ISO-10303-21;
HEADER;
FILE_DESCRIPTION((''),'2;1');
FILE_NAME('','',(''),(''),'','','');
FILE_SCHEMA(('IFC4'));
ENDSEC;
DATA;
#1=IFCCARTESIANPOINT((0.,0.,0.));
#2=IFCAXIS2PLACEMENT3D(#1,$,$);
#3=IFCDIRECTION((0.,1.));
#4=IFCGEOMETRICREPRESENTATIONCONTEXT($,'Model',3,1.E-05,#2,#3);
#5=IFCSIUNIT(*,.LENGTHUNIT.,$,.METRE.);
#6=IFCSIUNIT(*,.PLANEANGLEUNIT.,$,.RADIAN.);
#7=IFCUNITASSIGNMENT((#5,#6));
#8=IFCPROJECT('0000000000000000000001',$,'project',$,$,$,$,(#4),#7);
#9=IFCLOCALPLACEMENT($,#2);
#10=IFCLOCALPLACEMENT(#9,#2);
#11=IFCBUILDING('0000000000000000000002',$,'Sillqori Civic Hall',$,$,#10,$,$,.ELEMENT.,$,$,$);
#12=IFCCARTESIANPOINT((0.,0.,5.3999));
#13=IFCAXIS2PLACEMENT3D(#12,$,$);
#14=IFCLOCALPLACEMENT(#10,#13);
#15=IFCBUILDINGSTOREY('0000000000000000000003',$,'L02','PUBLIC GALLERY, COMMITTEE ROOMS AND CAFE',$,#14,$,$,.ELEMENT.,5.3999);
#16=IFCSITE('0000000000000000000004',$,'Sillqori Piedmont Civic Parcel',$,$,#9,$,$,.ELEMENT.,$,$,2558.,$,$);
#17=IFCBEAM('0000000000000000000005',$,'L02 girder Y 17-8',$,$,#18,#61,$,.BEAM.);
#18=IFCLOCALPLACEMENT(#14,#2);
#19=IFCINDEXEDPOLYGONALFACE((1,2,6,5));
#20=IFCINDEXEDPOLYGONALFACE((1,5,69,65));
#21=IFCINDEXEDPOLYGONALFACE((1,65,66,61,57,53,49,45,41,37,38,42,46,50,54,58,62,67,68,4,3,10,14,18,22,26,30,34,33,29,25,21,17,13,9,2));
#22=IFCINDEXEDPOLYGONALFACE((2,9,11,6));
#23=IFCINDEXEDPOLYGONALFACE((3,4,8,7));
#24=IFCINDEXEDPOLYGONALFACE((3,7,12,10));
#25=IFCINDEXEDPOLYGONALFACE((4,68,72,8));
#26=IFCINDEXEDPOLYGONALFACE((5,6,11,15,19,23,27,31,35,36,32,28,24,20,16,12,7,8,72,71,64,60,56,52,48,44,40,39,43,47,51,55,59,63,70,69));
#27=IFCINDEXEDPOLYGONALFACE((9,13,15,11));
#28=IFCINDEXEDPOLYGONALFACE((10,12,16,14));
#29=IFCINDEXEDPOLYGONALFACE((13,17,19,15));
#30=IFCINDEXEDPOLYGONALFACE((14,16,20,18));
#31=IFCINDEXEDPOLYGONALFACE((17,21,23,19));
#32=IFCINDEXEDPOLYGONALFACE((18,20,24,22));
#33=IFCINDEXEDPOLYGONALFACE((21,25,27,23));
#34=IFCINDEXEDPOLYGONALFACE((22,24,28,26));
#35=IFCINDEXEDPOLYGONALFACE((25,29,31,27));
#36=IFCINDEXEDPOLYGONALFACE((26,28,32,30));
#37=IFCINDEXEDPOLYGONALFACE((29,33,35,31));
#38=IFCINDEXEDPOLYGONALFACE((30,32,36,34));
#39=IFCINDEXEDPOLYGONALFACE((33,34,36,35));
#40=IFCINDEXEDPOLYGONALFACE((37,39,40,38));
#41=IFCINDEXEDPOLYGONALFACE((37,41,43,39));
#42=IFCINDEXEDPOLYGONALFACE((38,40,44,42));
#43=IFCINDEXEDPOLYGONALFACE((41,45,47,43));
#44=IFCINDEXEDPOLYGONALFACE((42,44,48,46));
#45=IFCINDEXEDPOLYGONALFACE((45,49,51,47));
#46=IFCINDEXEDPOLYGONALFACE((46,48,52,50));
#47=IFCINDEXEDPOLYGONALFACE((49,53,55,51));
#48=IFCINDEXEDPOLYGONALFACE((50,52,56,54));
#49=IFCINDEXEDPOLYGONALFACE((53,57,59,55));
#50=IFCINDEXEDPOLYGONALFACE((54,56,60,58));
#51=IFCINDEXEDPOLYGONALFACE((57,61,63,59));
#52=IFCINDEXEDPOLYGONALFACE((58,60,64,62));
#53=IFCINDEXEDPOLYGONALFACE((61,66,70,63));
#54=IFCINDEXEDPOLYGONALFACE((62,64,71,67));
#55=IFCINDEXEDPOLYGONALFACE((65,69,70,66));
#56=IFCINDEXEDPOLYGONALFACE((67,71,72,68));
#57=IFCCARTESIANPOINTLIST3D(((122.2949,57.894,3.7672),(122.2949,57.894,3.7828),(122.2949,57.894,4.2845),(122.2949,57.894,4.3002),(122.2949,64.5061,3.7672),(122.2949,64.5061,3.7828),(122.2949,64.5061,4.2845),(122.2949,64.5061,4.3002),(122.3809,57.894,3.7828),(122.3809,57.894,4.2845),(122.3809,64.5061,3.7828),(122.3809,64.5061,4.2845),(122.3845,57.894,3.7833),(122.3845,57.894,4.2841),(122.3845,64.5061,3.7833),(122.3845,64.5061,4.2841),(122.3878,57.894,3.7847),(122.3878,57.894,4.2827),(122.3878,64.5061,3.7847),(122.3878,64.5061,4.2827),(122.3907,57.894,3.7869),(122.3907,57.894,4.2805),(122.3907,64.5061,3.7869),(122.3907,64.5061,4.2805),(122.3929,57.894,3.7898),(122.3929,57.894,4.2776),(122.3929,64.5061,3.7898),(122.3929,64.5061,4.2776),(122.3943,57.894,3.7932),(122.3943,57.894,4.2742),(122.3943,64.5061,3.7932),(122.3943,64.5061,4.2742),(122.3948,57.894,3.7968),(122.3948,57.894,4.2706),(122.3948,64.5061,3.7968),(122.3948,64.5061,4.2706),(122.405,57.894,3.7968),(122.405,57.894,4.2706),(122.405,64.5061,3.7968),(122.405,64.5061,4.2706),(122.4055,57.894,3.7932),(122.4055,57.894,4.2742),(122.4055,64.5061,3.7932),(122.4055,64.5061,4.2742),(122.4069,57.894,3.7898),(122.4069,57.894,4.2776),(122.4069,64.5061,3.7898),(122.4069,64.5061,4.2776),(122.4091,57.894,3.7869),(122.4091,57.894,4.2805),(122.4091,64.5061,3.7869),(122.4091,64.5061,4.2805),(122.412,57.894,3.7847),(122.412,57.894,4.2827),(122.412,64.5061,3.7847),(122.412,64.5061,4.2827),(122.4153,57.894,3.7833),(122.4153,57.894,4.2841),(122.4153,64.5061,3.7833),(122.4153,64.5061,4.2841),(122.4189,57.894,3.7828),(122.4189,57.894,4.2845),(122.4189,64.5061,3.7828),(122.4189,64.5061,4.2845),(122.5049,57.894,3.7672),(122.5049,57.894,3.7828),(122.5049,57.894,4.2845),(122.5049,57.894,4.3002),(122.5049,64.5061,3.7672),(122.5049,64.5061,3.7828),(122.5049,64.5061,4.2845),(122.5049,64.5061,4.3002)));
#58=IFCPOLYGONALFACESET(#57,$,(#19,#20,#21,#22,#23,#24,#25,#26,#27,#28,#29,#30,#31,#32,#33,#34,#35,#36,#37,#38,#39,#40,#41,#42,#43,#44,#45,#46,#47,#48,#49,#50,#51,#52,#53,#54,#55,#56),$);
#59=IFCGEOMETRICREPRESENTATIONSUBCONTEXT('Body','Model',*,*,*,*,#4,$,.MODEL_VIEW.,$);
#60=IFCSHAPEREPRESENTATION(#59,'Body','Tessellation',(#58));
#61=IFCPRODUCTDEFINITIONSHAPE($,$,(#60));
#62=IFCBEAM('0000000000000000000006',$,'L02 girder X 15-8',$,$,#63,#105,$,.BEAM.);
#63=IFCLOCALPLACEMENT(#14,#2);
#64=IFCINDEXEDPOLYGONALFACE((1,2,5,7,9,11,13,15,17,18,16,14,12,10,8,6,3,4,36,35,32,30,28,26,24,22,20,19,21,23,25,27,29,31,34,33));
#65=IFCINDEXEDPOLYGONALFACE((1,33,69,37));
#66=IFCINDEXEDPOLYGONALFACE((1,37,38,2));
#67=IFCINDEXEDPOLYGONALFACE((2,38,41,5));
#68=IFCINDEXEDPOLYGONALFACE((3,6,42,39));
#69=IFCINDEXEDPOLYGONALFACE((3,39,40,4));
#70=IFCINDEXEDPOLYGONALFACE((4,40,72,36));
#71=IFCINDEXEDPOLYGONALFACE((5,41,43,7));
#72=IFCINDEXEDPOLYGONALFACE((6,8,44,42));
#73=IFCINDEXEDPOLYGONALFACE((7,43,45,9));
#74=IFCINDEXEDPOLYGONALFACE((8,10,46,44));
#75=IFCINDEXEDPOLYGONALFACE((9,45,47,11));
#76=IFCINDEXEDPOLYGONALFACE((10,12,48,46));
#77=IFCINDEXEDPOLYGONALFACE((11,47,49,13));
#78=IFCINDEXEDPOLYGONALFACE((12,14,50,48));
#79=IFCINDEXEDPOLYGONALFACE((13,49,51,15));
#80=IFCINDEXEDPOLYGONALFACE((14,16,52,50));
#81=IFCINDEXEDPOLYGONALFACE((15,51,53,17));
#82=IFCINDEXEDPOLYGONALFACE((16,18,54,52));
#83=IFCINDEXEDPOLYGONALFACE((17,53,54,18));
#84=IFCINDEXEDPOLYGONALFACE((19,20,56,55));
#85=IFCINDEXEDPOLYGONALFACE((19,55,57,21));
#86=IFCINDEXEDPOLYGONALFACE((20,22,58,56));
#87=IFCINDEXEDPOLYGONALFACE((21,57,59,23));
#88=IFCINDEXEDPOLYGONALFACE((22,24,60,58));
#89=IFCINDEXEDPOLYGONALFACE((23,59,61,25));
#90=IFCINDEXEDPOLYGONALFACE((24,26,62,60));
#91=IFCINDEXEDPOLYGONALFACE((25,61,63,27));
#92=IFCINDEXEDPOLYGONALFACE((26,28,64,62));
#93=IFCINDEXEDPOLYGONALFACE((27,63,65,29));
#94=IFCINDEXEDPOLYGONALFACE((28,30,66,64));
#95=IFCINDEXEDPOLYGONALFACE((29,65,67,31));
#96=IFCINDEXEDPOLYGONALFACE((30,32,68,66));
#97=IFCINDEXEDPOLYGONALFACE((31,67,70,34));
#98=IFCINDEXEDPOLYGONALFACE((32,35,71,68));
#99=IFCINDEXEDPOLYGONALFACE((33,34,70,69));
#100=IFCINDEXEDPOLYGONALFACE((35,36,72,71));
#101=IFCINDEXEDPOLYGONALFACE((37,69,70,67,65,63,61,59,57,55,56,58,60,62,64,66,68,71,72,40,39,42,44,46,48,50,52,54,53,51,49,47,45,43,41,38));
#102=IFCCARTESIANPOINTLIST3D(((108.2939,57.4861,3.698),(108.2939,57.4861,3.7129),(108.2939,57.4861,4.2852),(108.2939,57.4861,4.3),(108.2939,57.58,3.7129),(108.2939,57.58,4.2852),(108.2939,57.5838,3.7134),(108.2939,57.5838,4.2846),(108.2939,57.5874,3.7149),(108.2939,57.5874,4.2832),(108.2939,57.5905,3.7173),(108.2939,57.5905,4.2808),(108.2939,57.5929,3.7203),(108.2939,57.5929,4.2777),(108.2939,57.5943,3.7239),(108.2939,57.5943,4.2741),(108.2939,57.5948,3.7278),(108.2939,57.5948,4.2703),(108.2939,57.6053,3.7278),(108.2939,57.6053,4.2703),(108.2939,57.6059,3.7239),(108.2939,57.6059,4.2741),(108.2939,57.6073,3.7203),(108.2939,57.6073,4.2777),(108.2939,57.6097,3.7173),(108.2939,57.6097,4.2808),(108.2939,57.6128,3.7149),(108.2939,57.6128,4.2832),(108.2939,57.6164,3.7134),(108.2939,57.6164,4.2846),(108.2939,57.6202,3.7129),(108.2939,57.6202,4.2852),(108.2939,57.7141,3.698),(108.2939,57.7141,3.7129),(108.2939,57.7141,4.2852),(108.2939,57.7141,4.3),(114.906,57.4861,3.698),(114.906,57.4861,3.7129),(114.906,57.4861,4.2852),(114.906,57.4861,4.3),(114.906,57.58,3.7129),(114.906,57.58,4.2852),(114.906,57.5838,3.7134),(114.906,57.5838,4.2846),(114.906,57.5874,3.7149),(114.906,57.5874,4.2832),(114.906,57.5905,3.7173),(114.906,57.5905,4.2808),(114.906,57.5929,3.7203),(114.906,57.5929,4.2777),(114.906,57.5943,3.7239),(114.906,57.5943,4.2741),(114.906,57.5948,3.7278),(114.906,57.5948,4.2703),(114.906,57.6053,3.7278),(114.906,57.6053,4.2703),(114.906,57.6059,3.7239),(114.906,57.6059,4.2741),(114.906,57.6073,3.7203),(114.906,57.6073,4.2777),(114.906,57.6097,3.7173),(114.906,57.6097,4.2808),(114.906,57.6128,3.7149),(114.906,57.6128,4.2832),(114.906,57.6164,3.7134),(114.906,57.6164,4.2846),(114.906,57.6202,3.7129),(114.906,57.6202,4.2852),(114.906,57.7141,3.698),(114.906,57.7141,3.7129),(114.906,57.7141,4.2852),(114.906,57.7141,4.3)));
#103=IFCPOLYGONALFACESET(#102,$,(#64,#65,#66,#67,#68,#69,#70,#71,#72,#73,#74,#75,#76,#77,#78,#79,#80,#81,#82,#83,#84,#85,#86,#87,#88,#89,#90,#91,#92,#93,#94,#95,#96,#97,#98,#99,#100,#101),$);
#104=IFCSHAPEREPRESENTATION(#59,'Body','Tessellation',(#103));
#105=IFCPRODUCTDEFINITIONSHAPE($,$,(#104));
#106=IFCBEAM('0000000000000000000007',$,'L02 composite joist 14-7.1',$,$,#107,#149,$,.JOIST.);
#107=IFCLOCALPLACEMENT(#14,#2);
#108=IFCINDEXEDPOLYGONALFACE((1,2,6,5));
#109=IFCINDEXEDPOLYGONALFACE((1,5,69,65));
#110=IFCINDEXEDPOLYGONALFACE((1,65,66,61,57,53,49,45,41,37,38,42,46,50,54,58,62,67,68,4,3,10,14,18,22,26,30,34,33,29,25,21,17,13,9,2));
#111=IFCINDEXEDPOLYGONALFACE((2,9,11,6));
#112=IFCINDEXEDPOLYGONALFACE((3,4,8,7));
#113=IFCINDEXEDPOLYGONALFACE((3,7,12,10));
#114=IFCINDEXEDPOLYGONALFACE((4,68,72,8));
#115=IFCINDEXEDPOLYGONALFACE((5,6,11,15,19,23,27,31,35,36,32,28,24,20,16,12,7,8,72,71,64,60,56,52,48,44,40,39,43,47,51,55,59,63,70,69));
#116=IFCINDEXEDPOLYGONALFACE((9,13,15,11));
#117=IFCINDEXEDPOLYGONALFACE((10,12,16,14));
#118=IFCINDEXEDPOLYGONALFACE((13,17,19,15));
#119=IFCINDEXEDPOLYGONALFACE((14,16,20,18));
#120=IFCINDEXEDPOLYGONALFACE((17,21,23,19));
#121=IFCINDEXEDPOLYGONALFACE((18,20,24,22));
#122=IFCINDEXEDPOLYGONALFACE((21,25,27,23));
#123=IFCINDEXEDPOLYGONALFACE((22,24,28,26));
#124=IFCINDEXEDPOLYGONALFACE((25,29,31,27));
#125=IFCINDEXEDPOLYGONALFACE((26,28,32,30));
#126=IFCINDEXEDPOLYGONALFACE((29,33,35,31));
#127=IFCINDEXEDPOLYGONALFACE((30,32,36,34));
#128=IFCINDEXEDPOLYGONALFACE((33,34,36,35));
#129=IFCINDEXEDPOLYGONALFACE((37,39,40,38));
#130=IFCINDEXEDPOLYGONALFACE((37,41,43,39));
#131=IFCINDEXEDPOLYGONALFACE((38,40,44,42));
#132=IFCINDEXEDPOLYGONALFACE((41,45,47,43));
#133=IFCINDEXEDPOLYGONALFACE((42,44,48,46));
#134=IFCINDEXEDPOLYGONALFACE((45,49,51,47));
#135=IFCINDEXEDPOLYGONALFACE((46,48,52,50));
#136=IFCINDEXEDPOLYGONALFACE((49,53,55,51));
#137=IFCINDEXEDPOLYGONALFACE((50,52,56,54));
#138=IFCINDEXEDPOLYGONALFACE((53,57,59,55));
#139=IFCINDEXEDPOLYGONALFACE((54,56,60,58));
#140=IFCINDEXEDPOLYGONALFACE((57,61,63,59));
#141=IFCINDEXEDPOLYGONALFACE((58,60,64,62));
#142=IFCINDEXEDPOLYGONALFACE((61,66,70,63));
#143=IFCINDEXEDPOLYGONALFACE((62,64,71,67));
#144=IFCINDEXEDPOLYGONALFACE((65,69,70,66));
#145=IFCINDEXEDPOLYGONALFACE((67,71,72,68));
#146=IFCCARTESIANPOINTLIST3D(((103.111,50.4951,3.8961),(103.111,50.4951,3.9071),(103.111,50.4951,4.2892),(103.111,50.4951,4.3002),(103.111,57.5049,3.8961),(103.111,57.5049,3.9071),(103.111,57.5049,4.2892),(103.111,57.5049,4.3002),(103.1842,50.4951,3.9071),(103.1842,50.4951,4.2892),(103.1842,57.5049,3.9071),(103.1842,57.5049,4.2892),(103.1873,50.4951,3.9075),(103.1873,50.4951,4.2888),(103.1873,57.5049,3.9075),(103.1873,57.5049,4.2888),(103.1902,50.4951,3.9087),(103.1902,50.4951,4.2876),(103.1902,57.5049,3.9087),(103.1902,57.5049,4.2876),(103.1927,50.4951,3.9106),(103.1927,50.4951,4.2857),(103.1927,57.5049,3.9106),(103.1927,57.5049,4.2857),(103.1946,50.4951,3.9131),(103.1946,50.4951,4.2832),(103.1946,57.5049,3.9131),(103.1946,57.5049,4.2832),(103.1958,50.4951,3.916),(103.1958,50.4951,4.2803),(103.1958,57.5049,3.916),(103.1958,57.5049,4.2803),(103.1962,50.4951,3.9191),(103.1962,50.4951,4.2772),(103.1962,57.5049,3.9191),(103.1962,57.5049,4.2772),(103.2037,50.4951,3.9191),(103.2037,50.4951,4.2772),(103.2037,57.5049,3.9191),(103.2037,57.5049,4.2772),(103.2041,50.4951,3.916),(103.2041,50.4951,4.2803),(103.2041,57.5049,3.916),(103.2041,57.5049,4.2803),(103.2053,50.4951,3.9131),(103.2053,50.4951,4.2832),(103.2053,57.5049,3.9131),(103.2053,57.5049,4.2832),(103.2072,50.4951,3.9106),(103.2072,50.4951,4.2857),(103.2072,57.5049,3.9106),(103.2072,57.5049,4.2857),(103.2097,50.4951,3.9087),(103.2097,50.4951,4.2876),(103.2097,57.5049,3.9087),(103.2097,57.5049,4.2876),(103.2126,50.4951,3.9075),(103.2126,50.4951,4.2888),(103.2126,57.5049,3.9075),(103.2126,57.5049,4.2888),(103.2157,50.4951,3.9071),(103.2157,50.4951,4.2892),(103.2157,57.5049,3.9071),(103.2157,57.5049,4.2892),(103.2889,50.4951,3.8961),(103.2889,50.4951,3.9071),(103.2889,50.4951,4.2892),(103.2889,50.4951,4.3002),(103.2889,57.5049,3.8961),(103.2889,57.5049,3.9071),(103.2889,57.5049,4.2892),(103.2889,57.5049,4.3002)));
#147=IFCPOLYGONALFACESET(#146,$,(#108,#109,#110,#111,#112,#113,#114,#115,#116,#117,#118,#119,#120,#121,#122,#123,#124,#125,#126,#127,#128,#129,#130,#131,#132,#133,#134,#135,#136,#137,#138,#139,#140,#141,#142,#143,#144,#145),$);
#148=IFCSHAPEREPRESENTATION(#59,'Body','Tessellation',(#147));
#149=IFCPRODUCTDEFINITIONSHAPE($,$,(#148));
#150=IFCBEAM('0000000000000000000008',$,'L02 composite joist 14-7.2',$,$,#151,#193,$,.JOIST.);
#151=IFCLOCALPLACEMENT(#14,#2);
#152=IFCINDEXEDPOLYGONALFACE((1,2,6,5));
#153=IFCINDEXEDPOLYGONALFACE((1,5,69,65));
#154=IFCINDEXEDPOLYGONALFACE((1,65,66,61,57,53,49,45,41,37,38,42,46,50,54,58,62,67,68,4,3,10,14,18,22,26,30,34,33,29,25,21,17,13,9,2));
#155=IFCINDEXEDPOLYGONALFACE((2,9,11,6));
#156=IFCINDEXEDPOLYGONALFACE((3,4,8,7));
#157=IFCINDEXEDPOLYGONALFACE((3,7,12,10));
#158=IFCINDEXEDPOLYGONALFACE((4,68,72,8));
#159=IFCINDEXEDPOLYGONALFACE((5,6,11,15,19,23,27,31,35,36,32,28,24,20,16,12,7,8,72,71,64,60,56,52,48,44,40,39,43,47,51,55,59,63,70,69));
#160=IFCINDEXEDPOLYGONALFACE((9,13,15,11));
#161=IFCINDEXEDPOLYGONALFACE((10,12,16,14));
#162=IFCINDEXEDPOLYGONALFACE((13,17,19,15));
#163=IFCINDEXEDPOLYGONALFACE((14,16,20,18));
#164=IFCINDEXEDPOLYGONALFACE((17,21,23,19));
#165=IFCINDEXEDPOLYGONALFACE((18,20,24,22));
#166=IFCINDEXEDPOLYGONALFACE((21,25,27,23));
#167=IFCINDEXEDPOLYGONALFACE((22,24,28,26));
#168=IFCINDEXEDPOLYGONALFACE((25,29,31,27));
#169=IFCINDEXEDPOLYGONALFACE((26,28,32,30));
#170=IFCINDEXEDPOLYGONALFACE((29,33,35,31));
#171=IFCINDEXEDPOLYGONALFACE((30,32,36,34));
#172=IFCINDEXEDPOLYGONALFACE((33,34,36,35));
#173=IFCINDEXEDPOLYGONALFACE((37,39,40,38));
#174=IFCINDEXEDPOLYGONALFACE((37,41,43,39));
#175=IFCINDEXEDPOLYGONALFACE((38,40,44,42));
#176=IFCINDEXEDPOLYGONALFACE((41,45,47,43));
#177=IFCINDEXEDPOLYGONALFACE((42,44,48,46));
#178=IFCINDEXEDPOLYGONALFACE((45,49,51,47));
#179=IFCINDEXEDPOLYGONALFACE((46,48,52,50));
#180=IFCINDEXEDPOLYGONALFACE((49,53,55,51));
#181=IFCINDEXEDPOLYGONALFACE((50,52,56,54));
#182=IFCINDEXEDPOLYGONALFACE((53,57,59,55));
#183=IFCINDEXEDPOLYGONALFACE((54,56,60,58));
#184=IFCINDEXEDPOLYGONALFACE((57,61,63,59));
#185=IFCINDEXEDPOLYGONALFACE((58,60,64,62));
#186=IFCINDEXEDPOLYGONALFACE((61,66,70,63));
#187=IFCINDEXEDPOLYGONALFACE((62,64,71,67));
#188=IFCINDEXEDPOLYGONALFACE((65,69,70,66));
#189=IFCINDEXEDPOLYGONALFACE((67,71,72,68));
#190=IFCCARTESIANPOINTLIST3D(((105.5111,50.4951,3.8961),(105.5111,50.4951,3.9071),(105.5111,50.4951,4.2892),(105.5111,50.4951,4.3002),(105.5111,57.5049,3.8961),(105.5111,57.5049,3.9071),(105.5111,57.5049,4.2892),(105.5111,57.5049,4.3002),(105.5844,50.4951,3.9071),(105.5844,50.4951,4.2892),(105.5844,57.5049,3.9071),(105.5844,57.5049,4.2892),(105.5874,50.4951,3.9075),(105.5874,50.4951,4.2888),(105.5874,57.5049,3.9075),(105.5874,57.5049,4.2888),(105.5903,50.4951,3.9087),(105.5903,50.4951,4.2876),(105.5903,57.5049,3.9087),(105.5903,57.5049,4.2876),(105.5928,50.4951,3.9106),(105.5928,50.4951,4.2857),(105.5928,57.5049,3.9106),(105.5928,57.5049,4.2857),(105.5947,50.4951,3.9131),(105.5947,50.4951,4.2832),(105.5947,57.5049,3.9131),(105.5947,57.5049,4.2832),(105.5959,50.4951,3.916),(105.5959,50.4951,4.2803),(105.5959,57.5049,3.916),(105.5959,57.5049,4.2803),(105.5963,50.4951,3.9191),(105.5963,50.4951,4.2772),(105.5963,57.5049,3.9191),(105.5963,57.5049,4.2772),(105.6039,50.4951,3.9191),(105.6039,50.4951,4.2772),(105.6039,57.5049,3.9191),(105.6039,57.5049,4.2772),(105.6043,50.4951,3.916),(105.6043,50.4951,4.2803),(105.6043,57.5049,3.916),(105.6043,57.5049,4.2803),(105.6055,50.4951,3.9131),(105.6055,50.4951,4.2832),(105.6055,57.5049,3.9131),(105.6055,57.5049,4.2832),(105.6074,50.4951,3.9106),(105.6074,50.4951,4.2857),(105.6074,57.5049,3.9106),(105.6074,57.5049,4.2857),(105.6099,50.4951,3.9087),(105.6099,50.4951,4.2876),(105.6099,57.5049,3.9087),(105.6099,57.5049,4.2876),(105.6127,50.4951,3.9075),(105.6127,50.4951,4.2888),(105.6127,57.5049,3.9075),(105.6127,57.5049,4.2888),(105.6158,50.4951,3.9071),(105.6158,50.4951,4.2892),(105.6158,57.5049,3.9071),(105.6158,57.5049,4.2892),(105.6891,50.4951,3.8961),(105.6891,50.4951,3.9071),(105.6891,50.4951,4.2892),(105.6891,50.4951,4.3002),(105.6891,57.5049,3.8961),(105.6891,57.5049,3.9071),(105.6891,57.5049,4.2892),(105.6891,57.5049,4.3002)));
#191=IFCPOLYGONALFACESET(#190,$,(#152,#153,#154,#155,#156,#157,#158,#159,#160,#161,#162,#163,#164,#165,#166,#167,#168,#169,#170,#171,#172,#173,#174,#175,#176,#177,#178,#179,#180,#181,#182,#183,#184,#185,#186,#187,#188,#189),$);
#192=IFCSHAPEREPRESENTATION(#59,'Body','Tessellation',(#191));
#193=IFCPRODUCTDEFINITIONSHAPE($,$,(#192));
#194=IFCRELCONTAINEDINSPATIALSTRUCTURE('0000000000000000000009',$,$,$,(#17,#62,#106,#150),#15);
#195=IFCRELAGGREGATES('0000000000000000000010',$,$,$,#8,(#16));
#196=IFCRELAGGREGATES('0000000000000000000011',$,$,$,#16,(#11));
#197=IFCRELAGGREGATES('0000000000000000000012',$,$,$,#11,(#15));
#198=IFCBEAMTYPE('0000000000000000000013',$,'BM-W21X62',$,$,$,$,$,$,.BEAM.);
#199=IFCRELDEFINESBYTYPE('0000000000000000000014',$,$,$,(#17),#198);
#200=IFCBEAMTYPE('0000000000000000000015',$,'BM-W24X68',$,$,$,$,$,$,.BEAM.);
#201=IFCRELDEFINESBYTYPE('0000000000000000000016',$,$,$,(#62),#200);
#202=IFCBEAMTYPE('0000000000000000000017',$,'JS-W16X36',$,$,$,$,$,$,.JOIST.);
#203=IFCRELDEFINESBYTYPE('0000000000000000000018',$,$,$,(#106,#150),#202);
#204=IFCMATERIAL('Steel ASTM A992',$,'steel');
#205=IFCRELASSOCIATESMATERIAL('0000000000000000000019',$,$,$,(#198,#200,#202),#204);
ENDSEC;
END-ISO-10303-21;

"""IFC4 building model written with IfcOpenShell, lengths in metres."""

from ifc_helpers import new_model, si_unit, direction, frame, origin, origin_2d, place, context, subcontext, project, spatial, i_section, extrude, material, material_profile, profile_set, type_object, element, save


model = new_model("IFC4")

# Units and contexts
model_context = context("Model", 3, precision=1e-05, world=origin(), true_north=direction((0.0, 1.0)))
body_context = subcontext(model_context, "Body", "Model", "MODEL_VIEW")
ifc_project = project(units=[si_unit("LENGTHUNIT", "METRE"), si_unit("PLANEANGLEUNIT", "RADIAN")], contexts=[model_context])

# Site, building, storey
site_placement = place(None, origin())
site = spatial("IfcSite", under=ifc_project, at=site_placement, Name="Sillqori Piedmont Civic Parcel", CompositionType="ELEMENT", RefElevation=2558.0)
building_placement = place(site_placement, origin())
building = spatial("IfcBuilding", under=site, at=building_placement, Name="Sillqori Civic Hall", CompositionType="ELEMENT")
storey_placement = place(building_placement, frame((0.0, 0.0, 5.3999)))
storey = spatial("IfcBuildingStorey", under=building, at=storey_placement, Name="L02", Description="PUBLIC GALLERY, COMMITTEE ROOMS AND CAFE", CompositionType="ELEMENT", Elevation=5.3999)

# Beams
ifc_material_1 = material(Name="Steel ASTM A992", Category="steel")
ifc_material_profile_1 = material_profile(ifc_material_1, i_section(OverallWidth=0.21, OverallDepth=0.533, WebThickness=0.0103, FlangeThickness=0.0156, FilletRadius=0.0139, at=origin_2d()), Name="W21X62")
ifc_profile_set_1 = profile_set([ifc_material_profile_1], Name="Steel ASTM A992")
beam_type_1 = type_object("IfcBeamType", Name="BM-W21X62", PredefinedType="BEAM", material=ifc_profile_set_1)
beam_1_placement = place(storey_placement, frame((122.3999, 57.894, 4.0337), z_axis=(0.0, 1.0, 0.0), x_axis=(-1.0, 0.0, 0.0)))
element("IfcBeam", 1, at=beam_1_placement, inside=storey, type_object=beam_type_1, Name="L02 girder Y 17-8", PredefinedType="BEAM", context=body_context, shape_type="SweptSolid", body=[
    extrude(i_section(OverallWidth=0.21, OverallDepth=0.533, WebThickness=0.0103, FlangeThickness=0.0156, FilletRadius=0.0139, at=origin_2d()), origin(), (0.0, 0.0, 1.0), 6.6121),
])
ifc_material_profile_2 = material_profile(ifc_material_1, i_section(OverallWidth=0.228, OverallDepth=0.6021, WebThickness=0.0105, FlangeThickness=0.0149, FilletRadius=0.0149, at=origin_2d()), Name="W24X68")
ifc_profile_set_2 = profile_set([ifc_material_profile_2], Name="Steel ASTM A992")
beam_type_2 = type_object("IfcBeamType", Name="BM-W24X68", PredefinedType="BEAM", material=ifc_profile_set_2)
beam_2_placement = place(storey_placement, frame((108.2939, 57.6001, 3.999), z_axis=(1.0, 0.0, 0.0), x_axis=(0.0, 1.0, 0.0)))
element("IfcBeam", 2, at=beam_2_placement, inside=storey, type_object=beam_type_2, Name="L02 girder X 15-8", PredefinedType="BEAM", context=body_context, shape_type="SweptSolid", body=[
    extrude(i_section(OverallWidth=0.228, OverallDepth=0.6021, WebThickness=0.0105, FlangeThickness=0.0149, FilletRadius=0.0149, at=origin_2d()), origin(), (0.0, 0.0, 1.0), 6.6121),
])
ifc_material_profile_3 = material_profile(ifc_material_1, i_section(OverallWidth=0.178, OverallDepth=0.4041, WebThickness=0.0076, FlangeThickness=0.011, FilletRadius=0.012, at=origin_2d()), Name="W16X36")
ifc_profile_set_3 = profile_set([ifc_material_profile_3], Name="Steel ASTM A992")
beam_type_3 = type_object("IfcBeamType", Name="JS-W16X36", PredefinedType="JOIST", material=ifc_profile_set_3)
for number, where, z_axis, x_axis, name in (
    (3, (103.2, 50.4951, 4.0981), (0.0, 1.0, 0.0), (-1.0, 0.0, 0.0), "L02 composite joist 14-7.1"),
    (4, (105.6001, 50.4951, 4.0981), (0.0, 1.0, 0.0), (-1.0, 0.0, 0.0), "L02 composite joist 14-7.2"),
):
    element("IfcBeam", number, at=place(storey_placement, frame(where, z_axis=z_axis, x_axis=x_axis)), inside=storey, type_object=beam_type_3, Name=name, PredefinedType="JOIST", context=body_context, shape_type="SweptSolid", body=[
        extrude(i_section(OverallWidth=0.178, OverallDepth=0.4041, WebThickness=0.0076, FlangeThickness=0.011, FilletRadius=0.012, at=origin_2d()), origin(), (0.0, 0.0, 1.0), 7.0098),
    ])

save(model, "model.ifc")
